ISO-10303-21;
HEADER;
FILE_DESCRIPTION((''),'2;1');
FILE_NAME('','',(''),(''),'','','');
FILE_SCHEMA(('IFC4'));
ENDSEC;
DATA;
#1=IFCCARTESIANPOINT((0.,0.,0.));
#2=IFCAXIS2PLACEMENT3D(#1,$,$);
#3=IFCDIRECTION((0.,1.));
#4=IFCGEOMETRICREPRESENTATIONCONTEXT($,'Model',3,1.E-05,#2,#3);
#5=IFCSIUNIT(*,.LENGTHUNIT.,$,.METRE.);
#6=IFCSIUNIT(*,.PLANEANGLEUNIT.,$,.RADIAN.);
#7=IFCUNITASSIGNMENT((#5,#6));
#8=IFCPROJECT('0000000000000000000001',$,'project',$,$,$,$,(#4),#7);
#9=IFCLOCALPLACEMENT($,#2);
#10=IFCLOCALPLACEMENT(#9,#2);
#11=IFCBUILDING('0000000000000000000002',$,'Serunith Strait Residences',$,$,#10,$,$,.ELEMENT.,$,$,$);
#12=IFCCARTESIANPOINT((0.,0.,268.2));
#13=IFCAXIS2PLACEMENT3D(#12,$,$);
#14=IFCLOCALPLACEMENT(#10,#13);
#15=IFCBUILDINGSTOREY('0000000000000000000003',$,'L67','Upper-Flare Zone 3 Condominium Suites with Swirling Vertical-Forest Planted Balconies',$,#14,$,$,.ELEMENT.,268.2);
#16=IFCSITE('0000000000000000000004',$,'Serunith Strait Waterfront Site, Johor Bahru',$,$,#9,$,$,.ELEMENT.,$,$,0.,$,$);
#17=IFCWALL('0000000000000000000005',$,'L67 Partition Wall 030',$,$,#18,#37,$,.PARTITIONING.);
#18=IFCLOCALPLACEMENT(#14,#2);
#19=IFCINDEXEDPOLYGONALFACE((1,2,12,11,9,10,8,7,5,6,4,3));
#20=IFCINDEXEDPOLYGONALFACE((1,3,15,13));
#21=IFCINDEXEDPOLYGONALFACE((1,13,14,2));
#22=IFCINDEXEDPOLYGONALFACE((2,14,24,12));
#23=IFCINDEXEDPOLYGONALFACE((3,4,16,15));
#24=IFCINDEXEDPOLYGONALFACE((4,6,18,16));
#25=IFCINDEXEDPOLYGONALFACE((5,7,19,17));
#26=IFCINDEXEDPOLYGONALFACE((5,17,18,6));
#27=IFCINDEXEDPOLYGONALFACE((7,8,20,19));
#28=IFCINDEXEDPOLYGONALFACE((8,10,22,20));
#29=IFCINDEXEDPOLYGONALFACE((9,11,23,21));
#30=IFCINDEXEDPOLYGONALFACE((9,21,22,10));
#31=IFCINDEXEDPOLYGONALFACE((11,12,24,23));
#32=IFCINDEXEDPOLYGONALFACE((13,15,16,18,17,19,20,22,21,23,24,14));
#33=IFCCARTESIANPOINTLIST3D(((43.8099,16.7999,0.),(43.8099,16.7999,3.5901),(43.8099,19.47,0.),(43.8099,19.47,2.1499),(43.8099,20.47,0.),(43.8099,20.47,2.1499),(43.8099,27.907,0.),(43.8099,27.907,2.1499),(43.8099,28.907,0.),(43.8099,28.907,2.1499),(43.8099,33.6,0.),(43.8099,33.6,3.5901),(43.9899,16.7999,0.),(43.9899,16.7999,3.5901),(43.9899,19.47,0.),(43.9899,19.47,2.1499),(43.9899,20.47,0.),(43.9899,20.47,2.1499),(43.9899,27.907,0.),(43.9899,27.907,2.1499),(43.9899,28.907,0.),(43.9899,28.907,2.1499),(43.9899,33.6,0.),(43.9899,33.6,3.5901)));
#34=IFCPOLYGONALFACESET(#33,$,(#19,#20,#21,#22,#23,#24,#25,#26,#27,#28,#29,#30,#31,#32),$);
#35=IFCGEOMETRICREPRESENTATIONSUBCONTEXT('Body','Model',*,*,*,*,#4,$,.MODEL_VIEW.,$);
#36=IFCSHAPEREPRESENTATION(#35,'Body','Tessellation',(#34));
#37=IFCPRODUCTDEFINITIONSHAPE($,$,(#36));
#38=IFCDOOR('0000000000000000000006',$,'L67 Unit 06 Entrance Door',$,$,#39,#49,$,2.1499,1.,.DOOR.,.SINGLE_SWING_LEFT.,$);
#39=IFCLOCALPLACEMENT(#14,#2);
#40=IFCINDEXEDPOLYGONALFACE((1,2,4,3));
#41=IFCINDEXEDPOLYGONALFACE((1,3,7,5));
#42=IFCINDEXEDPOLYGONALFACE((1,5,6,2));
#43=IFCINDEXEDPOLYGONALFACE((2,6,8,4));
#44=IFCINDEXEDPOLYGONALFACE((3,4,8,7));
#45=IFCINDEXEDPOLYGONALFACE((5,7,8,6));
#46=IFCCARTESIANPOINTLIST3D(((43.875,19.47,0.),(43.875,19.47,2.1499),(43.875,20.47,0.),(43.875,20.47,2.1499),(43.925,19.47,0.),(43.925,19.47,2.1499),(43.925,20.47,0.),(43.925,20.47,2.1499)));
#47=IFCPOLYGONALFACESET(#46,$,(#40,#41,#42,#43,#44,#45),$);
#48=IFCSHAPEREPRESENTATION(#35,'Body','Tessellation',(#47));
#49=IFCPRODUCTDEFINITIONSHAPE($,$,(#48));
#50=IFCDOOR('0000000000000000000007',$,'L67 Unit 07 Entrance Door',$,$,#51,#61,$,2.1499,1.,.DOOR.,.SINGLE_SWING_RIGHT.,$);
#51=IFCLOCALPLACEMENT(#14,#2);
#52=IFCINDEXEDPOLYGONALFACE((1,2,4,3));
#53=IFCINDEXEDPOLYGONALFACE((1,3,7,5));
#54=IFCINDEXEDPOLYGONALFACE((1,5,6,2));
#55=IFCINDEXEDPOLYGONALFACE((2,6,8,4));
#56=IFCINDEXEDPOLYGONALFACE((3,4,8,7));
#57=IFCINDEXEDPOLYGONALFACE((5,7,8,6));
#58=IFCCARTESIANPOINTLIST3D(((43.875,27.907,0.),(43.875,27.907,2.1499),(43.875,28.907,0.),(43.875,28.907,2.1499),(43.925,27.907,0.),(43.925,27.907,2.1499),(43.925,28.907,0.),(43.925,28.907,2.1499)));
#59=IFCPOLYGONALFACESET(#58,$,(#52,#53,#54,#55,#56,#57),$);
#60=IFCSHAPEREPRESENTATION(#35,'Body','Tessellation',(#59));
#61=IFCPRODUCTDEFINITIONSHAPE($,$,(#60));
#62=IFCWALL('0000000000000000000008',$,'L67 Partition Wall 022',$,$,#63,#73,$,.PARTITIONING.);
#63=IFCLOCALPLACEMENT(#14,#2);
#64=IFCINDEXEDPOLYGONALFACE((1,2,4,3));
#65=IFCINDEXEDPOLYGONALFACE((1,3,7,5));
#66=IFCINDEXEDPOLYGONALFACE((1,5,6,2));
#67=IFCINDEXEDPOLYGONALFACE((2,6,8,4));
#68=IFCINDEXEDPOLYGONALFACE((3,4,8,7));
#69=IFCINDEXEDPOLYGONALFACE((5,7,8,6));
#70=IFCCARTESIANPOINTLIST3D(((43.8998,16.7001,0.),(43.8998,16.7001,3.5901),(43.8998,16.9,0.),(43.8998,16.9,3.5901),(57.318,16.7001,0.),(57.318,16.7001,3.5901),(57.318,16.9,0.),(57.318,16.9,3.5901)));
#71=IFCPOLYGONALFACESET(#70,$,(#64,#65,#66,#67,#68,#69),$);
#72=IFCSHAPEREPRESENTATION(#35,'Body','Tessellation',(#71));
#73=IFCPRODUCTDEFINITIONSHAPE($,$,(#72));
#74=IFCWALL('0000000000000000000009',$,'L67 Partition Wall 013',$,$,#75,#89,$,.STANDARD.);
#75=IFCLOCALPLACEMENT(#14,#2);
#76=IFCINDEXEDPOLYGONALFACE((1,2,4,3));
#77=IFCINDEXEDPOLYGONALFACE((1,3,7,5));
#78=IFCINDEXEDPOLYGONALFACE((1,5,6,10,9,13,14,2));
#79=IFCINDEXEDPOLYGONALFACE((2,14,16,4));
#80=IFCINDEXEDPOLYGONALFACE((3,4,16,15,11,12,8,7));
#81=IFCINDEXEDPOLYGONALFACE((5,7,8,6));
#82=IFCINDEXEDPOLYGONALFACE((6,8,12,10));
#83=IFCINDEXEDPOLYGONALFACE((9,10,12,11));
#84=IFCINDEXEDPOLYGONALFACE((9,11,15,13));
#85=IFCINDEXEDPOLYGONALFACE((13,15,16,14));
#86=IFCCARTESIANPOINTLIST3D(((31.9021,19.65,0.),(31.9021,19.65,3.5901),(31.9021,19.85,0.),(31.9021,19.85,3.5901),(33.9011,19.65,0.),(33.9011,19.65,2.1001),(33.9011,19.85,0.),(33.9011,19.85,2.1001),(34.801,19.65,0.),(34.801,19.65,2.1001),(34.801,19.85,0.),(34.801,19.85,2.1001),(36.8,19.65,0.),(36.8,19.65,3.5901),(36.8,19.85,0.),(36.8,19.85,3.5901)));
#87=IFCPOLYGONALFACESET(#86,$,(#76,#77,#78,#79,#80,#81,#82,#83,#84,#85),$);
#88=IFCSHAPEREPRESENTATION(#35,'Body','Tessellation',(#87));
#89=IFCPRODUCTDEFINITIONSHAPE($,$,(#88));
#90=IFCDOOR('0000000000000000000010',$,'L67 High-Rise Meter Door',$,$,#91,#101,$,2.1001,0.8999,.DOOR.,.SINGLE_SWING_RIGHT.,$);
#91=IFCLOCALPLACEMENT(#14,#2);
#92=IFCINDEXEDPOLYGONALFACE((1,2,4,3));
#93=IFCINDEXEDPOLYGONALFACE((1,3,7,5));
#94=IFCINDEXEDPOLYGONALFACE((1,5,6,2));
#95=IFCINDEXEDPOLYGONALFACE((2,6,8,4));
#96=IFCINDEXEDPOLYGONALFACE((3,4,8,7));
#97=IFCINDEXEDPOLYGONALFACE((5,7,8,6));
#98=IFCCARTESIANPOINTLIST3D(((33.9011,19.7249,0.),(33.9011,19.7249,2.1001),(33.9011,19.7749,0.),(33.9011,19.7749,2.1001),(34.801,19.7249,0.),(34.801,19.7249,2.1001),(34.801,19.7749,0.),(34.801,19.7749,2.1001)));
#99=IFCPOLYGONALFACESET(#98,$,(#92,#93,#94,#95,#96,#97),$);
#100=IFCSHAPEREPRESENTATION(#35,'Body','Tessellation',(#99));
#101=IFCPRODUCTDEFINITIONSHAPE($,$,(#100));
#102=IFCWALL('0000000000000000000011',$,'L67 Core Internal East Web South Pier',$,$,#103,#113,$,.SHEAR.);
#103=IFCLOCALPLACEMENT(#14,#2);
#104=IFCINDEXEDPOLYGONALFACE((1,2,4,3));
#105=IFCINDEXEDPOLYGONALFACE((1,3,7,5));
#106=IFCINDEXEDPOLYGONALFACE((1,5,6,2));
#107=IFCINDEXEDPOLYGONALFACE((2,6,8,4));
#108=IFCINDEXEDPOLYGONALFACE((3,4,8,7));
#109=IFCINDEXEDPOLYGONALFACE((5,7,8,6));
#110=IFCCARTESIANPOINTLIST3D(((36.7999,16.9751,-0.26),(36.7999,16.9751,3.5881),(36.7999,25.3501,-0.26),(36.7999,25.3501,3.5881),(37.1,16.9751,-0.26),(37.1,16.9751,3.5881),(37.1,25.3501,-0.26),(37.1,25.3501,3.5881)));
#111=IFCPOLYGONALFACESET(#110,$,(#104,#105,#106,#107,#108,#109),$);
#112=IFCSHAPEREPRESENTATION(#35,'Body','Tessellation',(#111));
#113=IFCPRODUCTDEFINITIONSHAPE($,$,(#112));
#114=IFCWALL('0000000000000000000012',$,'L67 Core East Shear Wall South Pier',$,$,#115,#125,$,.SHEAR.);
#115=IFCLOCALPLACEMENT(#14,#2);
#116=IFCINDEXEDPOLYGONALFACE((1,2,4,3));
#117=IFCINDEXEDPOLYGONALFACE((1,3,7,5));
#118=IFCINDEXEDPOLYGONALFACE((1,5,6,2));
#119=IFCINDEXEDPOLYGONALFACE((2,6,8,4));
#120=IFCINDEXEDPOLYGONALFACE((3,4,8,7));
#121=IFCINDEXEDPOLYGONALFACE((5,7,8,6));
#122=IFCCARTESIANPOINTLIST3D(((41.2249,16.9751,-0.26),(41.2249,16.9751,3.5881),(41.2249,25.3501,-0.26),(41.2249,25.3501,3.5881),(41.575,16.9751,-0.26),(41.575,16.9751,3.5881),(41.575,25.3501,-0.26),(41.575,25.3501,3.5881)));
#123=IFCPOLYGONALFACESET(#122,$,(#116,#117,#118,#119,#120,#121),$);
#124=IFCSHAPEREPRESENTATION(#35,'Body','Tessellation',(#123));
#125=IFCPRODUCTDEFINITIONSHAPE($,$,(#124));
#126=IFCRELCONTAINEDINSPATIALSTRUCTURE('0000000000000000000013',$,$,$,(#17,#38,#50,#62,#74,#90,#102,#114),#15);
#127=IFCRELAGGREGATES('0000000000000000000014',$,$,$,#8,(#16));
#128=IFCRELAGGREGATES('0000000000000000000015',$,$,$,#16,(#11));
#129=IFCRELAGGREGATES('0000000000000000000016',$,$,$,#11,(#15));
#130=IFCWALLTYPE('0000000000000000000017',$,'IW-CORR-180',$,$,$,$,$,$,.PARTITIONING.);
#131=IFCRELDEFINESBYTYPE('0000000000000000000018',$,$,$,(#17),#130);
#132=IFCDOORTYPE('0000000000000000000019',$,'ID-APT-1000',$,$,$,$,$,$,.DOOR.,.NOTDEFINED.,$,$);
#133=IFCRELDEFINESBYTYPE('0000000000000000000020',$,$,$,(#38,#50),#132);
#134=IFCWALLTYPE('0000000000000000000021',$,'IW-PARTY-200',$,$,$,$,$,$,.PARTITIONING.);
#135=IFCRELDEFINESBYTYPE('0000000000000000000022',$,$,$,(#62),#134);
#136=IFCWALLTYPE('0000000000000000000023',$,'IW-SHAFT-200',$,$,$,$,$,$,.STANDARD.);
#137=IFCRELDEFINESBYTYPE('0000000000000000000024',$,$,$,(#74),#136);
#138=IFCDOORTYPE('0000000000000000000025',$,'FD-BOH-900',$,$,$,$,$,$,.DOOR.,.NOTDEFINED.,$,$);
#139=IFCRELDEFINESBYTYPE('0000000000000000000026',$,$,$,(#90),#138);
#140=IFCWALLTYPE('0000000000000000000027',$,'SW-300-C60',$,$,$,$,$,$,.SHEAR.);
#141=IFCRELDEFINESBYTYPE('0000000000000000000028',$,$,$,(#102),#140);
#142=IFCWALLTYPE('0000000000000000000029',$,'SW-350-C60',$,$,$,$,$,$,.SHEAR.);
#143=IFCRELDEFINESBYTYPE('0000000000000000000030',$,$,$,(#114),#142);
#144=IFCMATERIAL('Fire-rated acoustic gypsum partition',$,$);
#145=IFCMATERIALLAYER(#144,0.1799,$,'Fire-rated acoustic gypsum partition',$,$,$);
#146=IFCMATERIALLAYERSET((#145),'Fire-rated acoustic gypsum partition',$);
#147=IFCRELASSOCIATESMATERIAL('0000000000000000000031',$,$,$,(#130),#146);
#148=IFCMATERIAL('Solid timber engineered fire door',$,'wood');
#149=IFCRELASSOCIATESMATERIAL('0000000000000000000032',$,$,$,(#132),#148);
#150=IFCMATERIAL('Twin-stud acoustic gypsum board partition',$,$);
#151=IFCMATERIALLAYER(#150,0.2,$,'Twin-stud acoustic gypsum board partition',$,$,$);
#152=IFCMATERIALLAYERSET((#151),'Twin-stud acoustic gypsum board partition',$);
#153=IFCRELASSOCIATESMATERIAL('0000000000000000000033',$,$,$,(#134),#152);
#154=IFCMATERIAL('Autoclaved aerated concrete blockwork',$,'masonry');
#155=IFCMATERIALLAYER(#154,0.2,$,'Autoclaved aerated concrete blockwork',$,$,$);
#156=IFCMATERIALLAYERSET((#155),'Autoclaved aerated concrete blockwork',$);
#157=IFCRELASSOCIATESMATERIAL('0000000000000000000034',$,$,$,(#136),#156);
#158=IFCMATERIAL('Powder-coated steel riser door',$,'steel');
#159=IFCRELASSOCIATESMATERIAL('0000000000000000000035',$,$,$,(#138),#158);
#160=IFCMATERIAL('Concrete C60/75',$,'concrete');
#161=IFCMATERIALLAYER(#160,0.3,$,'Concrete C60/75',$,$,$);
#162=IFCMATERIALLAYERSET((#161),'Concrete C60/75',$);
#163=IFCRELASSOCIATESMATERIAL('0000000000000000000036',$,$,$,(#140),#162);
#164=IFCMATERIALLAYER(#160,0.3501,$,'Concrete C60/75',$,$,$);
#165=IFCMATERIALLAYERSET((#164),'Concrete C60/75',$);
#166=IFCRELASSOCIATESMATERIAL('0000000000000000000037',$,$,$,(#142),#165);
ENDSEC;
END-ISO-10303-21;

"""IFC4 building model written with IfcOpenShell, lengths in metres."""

from ifc_helpers import new_model, si_unit, direction, frame, frame_2d, origin, place, context, subcontext, project, spatial, rectangle, extrude, source, transform, mapped, material, layer, layer_set, type_object, element, fill, save


model = new_model("IFC4")

# Units and contexts
model_context = context("Model", 3, precision=1e-05, world=origin(), true_north=direction((0.0, 1.0)))
body_context = subcontext(model_context, "Body", "Model", "MODEL_VIEW")
ifc_project = project(units=[si_unit("LENGTHUNIT", "METRE"), si_unit("PLANEANGLEUNIT", "RADIAN")], contexts=[model_context])

# Site, building, storey
site_placement = place(None, origin())
site = spatial("IfcSite", under=ifc_project, at=site_placement, Name="Serunith Strait Waterfront Site, Johor Bahru", CompositionType="ELEMENT", RefElevation=0.0)
building_placement = place(site_placement, origin())
building = spatial("IfcBuilding", under=site, at=building_placement, Name="Serunith Strait Residences", CompositionType="ELEMENT")
storey_placement = place(building_placement, frame((0.0, 0.0, 268.2)))
storey = spatial("IfcBuildingStorey", under=building, at=storey_placement, Name="L67", Description="Upper-Flare Zone 3 Condominium Suites with Swirling Vertical-Forest Planted Balconies", CompositionType="ELEMENT", Elevation=268.2)

# Shared definitions
ifc_material_1 = material(Name="Concrete C60/75", Category="concrete")

# Shared definitions
ifc_material_2 = material(Name="Fire-rated acoustic gypsum partition")
ifc_layer_1 = layer(ifc_material_2, 0.1799, Name="Fire-rated acoustic gypsum partition")
ifc_layer_set_1 = layer_set([ifc_layer_1], Name="Fire-rated acoustic gypsum partition")
wall_type_1 = type_object("IfcWallType", Name="IW-CORR-180", PredefinedType="PARTITIONING", material=ifc_layer_set_1)
ifc_material_3 = material(Name="Solid timber engineered fire door", Category="wood")
door_type_1 = type_object("IfcDoorType", Name="ID-APT-1000", OperationType="NOTDEFINED", PredefinedType="DOOR", material=ifc_material_3)
shared_shape_1 = source(origin(), body_context, "Body", "SweptSolid", [
    extrude(rectangle(XDim=1.0, YDim=2.1499, at=frame_2d((0.5, 1.075))), frame((0.0, 0.0249, 0.0), z_axis=(0.0, -1.0, 0.0), x_axis=(1.0, 0.0, 0.0)), (0.0, 0.0, 1.0), 0.05),
])

# Wall, openings, doors
wall_1_placement = place(storey_placement, frame((43.8999, 16.8, 0.0), z_axis=(0.0, 0.0, 1.0), x_axis=(0.0, 1.0, 0.0)))
wall_1 = element("IfcWall", 1, at=wall_1_placement, inside=storey, type_object=wall_type_1, Name="L67 Partition Wall 030", PredefinedType="PARTITIONING", context=body_context, shape_type="SweptSolid", body=[
    extrude(rectangle(XDim=16.8, YDim=0.1799, at=frame_2d((8.3999, 0.0))), origin(), (0.0, 0.0, 1.0), 3.5901),
])
opening_1_placement = place(wall_1_placement, frame((2.6699, 0.0, 0.0)))
opening_1 = element("IfcOpeningElement", 2, at=opening_1_placement, cuts=wall_1, PredefinedType="OPENING", context=body_context, shape_type="SweptSolid", body=[
    extrude(rectangle(XDim=1.0, YDim=2.1499, at=frame_2d((0.5, 1.075))), frame((0.0, 0.1001, 0.0), z_axis=(0.0, -1.0, 0.0), x_axis=(1.0, 0.0, 0.0)), (0.0, 0.0, 1.0), 0.2),
])
opening_2_placement = place(wall_1_placement, frame((11.1069, 0.0, 0.0)))
opening_2 = element("IfcOpeningElement", 3, at=opening_2_placement, cuts=wall_1, PredefinedType="OPENING", context=body_context, shape_type="SweptSolid", body=[
    extrude(rectangle(XDim=1.0, YDim=2.1499, at=frame_2d((0.5, 1.075))), frame((0.0, 0.1001, 0.0), z_axis=(0.0, -1.0, 0.0), x_axis=(1.0, 0.0, 0.0)), (0.0, 0.0, 1.0), 0.2),
])
door_1_placement = place(opening_1_placement, origin())
door_1 = element("IfcDoor", 4, at=door_1_placement, inside=storey, type_object=door_type_1, Name="L67 Unit 06 Entrance Door", OperationType="SINGLE_SWING_LEFT", OverallHeight=2.1499, OverallWidth=1.0, PredefinedType="DOOR", context=body_context, shape_type="MappedRepresentation", body=[
    mapped(shared_shape_1, transform((0.0, 0.0, 0.0), scale=1.0)),
])
fill(opening_1, door_1)
door_2_placement = place(opening_2_placement, origin())
door_2 = element("IfcDoor", 5, at=door_2_placement, inside=storey, type_object=door_type_1, Name="L67 Unit 07 Entrance Door", OperationType="SINGLE_SWING_RIGHT", OverallHeight=2.1499, OverallWidth=1.0, PredefinedType="DOOR", context=body_context, shape_type="MappedRepresentation", body=[
    mapped(shared_shape_1, transform((0.0, 0.0, 0.0), scale=1.0)),
])
fill(opening_2, door_2)

# Wall
ifc_material_4 = material(Name="Twin-stud acoustic gypsum board partition")
ifc_layer_2 = layer(ifc_material_4, 0.2, Name="Twin-stud acoustic gypsum board partition")
ifc_layer_set_2 = layer_set([ifc_layer_2], Name="Twin-stud acoustic gypsum board partition")
wall_type_2 = type_object("IfcWallType", Name="IW-PARTY-200", PredefinedType="PARTITIONING", material=ifc_layer_set_2)
wall_2_placement = place(storey_placement, frame((43.8999, 16.8, 0.0), z_axis=(0.0, 0.0, 1.0), x_axis=(1.0, 0.0, 0.0)))
element("IfcWall", 6, at=wall_2_placement, inside=storey, type_object=wall_type_2, Name="L67 Partition Wall 022", PredefinedType="PARTITIONING", context=body_context, shape_type="SweptSolid", body=[
    extrude(rectangle(XDim=13.4182, YDim=0.2, at=frame_2d((6.709, 0.0))), origin(), (0.0, 0.0, 1.0), 3.5901),
])

# Wall, opening, door
ifc_material_5 = material(Name="Autoclaved aerated concrete blockwork", Category="masonry")
ifc_layer_3 = layer(ifc_material_5, 0.2, Name="Autoclaved aerated concrete blockwork")
ifc_layer_set_3 = layer_set([ifc_layer_3], Name="Autoclaved aerated concrete blockwork")
wall_type_3 = type_object("IfcWallType", Name="IW-SHAFT-200", PredefinedType="STANDARD", material=ifc_layer_set_3)
wall_3_placement = place(storey_placement, frame((31.9021, 19.75, 0.0), z_axis=(0.0, 0.0, 1.0), x_axis=(1.0, 0.0, 0.0)))
wall_3 = element("IfcWall", 7, at=wall_3_placement, inside=storey, type_object=wall_type_3, Name="L67 Partition Wall 013", PredefinedType="STANDARD", context=body_context, shape_type="SweptSolid", body=[
    extrude(rectangle(XDim=4.8979, YDim=0.2, at=frame_2d((2.449, 0.0))), origin(), (0.0, 0.0, 1.0), 3.5901),
])
opening_3_placement = place(wall_3_placement, frame((1.999, 0.0, 0.0)))
opening_3 = element("IfcOpeningElement", 8, at=opening_3_placement, cuts=wall_3, PredefinedType="OPENING", context=body_context, shape_type="SweptSolid", body=[
    extrude(rectangle(XDim=0.8999, YDim=2.1001, at=frame_2d((0.45, 1.05))), frame((0.0, 0.1099, 0.0), z_axis=(0.0, -1.0, 0.0), x_axis=(1.0, 0.0, 0.0)), (0.0, 0.0, 1.0), 0.22),
])
ifc_material_6 = material(Name="Powder-coated steel riser door", Category="steel")
door_type_2 = type_object("IfcDoorType", Name="FD-BOH-900", OperationType="NOTDEFINED", PredefinedType="DOOR", material=ifc_material_6)
shared_shape_2 = source(origin(), body_context, "Body", "SweptSolid", [
    extrude(rectangle(XDim=0.8999, YDim=2.1001, at=frame_2d((0.45, 1.05))), frame((0.0, 0.0249, 0.0), z_axis=(0.0, -1.0, 0.0), x_axis=(1.0, 0.0, 0.0)), (0.0, 0.0, 1.0), 0.05),
])
door_3_placement = place(opening_3_placement, origin())
door_3 = element("IfcDoor", 9, at=door_3_placement, inside=storey, type_object=door_type_2, Name="L67 High-Rise Meter Door", OperationType="SINGLE_SWING_RIGHT", OverallHeight=2.1001, OverallWidth=0.8999, PredefinedType="DOOR", context=body_context, shape_type="MappedRepresentation", body=[
    mapped(shared_shape_2, transform((0.0, 0.0, 0.0), scale=1.0)),
])
fill(opening_3, door_3)

# Walls
ifc_layer_4 = layer(ifc_material_1, 0.3, Name="Concrete C60/75")
ifc_layer_set_4 = layer_set([ifc_layer_4], Name="Concrete C60/75")
wall_type_4 = type_object("IfcWallType", Name="SW-300-C60", PredefinedType="SHEAR", material=ifc_layer_set_4)
wall_4_placement = place(storey_placement, frame((36.95, 16.9751, -0.26), z_axis=(0.0, 0.0, 1.0), x_axis=(0.0, 1.0, 0.0)))
element("IfcWall", 10, at=wall_4_placement, inside=storey, type_object=wall_type_4, Name="L67 Core Internal East Web South Pier", PredefinedType="SHEAR", context=body_context, shape_type="SweptSolid", body=[
    extrude(rectangle(XDim=8.375, YDim=0.3, at=frame_2d((4.1875, 0.0))), origin(), (0.0, 0.0, 1.0), 3.8481),
])
ifc_layer_5 = layer(ifc_material_1, 0.3501, Name="Concrete C60/75")
ifc_layer_set_5 = layer_set([ifc_layer_5], Name="Concrete C60/75")
wall_type_5 = type_object("IfcWallType", Name="SW-350-C60", PredefinedType="SHEAR", material=ifc_layer_set_5)
wall_5_placement = place(storey_placement, frame((41.3999, 16.9751, -0.26), z_axis=(0.0, 0.0, 1.0), x_axis=(0.0, 1.0, 0.0)))
element("IfcWall", 11, at=wall_5_placement, inside=storey, type_object=wall_type_5, Name="L67 Core East Shear Wall South Pier", PredefinedType="SHEAR", context=body_context, shape_type="SweptSolid", body=[
    extrude(rectangle(XDim=8.375, YDim=0.3501, at=frame_2d((4.1875, 0.0))), origin(), (0.0, 0.0, 1.0), 3.8481),
])

save(model, "model.ifc")
